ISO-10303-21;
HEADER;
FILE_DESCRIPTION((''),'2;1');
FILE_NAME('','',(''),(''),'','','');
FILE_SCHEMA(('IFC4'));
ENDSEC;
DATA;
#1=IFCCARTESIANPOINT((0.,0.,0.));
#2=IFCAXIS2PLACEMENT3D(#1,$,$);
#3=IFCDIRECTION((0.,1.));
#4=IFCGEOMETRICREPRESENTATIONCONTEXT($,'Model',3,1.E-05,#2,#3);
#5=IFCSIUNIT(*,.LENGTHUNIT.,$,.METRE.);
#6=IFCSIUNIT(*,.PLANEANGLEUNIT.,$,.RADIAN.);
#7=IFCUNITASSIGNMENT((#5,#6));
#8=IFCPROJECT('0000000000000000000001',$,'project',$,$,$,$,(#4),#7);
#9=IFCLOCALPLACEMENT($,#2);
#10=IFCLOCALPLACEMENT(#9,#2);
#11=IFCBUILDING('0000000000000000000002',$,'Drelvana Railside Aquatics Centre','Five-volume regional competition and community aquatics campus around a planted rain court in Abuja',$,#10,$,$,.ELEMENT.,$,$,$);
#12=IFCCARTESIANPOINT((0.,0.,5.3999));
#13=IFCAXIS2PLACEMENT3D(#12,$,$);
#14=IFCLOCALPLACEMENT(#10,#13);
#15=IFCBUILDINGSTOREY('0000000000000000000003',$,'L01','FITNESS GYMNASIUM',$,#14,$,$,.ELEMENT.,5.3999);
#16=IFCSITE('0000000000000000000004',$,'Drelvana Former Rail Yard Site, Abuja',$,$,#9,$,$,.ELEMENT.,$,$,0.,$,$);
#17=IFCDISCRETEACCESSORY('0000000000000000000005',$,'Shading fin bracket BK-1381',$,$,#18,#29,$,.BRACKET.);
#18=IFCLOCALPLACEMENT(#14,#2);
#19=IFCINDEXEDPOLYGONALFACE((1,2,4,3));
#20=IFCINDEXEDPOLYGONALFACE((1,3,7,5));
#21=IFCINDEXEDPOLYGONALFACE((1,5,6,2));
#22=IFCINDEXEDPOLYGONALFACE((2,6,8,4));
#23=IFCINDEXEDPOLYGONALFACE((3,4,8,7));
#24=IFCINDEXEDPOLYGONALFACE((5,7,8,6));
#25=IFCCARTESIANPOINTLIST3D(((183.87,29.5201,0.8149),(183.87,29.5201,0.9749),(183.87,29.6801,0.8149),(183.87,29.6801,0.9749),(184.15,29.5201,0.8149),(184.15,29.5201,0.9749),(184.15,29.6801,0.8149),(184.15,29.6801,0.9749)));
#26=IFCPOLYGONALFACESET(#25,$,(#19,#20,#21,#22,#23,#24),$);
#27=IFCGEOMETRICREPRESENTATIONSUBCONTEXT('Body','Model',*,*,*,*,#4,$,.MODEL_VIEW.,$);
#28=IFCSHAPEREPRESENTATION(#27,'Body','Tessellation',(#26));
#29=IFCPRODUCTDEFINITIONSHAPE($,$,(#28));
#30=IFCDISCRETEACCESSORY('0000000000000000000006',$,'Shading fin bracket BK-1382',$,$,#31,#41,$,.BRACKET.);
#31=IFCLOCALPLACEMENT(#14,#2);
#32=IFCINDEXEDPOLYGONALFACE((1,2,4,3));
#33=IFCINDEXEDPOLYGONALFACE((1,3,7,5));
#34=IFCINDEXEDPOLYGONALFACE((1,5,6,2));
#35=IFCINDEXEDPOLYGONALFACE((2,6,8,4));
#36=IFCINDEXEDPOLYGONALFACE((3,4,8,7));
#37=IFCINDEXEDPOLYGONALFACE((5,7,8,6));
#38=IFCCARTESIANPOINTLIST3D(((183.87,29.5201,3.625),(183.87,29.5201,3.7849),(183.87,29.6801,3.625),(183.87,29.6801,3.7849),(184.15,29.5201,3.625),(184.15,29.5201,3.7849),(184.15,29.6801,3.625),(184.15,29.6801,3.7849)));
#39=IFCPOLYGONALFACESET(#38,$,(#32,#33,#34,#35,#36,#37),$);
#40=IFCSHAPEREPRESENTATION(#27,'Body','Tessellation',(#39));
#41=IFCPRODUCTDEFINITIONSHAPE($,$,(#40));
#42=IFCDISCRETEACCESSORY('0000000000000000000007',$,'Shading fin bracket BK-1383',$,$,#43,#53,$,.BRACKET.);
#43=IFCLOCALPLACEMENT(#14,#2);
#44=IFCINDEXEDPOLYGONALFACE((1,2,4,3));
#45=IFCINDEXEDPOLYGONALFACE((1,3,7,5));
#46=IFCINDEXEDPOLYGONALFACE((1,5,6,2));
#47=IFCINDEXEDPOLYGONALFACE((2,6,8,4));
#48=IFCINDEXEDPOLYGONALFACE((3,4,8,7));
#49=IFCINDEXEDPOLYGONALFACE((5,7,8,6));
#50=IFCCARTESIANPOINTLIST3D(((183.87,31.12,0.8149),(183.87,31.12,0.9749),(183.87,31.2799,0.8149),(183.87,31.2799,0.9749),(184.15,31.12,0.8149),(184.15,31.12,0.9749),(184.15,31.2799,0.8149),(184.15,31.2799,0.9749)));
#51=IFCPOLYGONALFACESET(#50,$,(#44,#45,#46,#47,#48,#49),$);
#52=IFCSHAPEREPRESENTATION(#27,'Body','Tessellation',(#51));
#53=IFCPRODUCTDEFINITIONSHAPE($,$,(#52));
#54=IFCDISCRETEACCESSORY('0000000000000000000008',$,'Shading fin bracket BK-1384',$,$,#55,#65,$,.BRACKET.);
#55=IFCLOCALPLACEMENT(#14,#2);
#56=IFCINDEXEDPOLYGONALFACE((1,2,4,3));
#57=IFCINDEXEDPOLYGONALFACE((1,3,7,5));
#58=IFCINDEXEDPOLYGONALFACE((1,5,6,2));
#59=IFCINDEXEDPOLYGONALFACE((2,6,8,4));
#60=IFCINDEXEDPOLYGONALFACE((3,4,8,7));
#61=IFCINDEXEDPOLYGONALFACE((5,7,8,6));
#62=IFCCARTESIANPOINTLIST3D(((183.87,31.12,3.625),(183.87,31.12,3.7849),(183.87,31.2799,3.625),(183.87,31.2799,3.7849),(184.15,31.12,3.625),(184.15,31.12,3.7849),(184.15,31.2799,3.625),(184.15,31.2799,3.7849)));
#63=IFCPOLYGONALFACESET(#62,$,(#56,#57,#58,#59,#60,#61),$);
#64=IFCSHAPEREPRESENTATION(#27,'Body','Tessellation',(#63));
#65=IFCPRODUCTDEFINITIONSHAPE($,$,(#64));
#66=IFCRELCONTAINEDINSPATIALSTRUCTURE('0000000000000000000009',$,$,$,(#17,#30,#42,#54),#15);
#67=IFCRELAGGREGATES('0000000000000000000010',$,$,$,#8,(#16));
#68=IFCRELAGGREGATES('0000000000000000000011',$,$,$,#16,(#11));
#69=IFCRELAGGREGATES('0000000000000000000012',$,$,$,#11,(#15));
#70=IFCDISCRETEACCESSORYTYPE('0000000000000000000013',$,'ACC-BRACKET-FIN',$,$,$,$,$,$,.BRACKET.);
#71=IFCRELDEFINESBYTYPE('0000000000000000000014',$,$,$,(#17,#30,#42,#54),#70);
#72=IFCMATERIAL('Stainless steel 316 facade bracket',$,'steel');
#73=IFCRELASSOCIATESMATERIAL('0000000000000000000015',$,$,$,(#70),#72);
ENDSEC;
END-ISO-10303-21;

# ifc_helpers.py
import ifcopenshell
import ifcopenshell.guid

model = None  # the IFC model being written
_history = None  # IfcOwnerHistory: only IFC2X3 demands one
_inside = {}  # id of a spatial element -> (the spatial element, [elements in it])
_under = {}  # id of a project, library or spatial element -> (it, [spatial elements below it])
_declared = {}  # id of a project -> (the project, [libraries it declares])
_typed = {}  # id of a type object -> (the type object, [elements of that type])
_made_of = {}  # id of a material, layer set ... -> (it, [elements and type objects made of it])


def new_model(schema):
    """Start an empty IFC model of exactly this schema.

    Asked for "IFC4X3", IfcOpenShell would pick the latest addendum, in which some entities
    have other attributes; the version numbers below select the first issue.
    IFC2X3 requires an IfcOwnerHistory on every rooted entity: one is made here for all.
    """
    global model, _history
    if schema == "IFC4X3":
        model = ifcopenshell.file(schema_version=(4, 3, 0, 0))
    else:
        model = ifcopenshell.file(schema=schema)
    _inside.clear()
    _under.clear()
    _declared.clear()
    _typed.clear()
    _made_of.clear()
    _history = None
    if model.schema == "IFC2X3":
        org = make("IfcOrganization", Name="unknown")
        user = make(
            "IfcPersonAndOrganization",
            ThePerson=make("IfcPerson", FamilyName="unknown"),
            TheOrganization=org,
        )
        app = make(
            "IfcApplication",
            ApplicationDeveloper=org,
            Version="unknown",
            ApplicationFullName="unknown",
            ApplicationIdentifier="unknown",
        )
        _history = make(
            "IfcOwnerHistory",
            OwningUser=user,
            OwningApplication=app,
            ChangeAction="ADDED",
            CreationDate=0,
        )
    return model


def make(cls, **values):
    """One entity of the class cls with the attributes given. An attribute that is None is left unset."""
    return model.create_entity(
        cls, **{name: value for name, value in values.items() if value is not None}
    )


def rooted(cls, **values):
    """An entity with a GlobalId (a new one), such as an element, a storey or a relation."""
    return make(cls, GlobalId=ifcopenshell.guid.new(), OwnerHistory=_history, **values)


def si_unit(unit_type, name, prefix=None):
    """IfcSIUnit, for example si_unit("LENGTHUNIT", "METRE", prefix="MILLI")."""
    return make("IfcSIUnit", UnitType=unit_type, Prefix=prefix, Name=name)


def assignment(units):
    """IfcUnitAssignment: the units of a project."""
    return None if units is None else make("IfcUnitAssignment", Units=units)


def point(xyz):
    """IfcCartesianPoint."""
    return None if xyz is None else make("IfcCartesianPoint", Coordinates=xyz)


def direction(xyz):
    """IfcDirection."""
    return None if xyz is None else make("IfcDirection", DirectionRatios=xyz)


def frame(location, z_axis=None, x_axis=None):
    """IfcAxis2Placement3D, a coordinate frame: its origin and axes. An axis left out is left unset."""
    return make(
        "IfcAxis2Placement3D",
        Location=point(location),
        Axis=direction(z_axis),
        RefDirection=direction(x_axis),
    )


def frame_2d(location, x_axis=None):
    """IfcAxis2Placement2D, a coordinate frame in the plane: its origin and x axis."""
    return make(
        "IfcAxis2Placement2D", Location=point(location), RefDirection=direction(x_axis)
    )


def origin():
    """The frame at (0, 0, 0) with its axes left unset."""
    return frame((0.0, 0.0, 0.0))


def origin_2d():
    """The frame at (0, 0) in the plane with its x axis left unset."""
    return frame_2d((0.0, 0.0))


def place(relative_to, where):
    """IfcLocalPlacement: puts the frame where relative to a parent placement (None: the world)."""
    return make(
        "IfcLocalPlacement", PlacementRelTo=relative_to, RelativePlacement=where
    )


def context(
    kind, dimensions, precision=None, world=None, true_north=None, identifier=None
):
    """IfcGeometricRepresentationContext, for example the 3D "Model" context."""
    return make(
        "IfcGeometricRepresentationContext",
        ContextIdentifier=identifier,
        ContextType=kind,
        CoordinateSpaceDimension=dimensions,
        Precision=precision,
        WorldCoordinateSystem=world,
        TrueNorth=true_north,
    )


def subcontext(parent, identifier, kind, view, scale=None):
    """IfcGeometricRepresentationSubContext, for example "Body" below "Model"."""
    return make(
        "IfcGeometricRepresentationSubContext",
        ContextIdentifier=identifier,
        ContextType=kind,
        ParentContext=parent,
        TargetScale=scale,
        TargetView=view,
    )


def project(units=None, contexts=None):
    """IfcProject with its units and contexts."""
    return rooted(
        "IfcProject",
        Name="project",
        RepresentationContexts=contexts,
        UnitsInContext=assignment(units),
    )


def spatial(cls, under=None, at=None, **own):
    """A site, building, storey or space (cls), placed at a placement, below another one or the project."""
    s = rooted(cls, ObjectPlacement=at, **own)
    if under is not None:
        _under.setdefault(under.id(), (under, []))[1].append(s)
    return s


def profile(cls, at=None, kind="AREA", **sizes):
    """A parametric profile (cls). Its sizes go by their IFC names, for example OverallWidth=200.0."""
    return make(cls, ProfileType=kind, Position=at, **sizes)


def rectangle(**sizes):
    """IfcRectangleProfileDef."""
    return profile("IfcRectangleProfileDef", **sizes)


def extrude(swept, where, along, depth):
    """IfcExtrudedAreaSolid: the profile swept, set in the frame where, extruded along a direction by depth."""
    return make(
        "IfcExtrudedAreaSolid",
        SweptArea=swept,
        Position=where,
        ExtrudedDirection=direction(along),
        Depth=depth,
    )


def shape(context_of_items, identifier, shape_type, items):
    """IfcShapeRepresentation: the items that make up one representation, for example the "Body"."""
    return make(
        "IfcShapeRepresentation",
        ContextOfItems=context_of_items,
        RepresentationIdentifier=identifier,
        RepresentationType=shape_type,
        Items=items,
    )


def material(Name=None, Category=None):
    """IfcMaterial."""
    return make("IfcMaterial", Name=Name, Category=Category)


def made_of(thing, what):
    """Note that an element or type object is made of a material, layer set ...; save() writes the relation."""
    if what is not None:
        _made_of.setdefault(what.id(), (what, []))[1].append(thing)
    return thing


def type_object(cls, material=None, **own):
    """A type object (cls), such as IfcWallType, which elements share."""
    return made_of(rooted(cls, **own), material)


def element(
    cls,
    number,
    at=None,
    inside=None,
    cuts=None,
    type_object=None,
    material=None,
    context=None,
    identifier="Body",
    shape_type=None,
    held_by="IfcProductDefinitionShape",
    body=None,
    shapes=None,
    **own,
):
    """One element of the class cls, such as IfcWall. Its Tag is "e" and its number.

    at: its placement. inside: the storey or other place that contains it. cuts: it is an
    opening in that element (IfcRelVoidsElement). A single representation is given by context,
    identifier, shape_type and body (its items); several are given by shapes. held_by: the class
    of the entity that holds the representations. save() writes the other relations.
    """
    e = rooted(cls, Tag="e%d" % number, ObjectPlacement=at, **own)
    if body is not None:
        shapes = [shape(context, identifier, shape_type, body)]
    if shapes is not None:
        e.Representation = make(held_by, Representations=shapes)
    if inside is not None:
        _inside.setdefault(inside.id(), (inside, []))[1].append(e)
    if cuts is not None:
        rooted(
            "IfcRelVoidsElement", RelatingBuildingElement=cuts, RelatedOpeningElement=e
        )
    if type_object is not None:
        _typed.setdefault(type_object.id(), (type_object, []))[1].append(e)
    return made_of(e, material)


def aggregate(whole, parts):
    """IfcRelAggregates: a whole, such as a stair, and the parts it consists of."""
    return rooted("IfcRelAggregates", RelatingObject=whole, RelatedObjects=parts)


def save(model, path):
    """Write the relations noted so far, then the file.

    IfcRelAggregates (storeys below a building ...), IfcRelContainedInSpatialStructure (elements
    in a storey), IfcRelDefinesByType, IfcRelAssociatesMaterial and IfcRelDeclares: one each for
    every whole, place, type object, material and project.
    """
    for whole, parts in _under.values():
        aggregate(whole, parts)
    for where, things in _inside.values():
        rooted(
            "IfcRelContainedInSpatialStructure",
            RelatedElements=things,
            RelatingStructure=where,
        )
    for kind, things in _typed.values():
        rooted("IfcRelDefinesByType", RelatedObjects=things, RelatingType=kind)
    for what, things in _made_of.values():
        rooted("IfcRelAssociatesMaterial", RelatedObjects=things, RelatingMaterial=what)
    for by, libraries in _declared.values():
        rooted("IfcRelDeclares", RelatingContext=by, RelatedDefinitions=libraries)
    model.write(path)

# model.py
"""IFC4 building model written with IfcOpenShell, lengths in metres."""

from ifc_helpers import new_model, si_unit, direction, frame, origin, origin_2d, place, context, subcontext, project, spatial, rectangle, extrude, material, type_object, element, save


model = new_model("IFC4")

# Units and contexts
model_context = context("Model", 3, precision=1e-05, world=origin(), true_north=direction((0.0, 1.0)))
body_context = subcontext(model_context, "Body", "Model", "MODEL_VIEW")
ifc_project = project(units=[si_unit("LENGTHUNIT", "METRE"), si_unit("PLANEANGLEUNIT", "RADIAN")], contexts=[model_context])

# Site, building, storey
site_placement = place(None, origin())
site = spatial("IfcSite", under=ifc_project, at=site_placement, Name="Drelvana Former Rail Yard Site, Abuja", CompositionType="ELEMENT", RefElevation=0.0)
building_placement = place(site_placement, origin())
building = spatial("IfcBuilding", under=site, at=building_placement, Name="Drelvana Railside Aquatics Centre", Description="Five-volume regional competition and community aquatics campus around a planted rain court in Abuja", CompositionType="ELEMENT")
storey_placement = place(building_placement, frame((0.0, 0.0, 5.3999)))
storey = spatial("IfcBuildingStorey", under=building, at=storey_placement, Name="L01", Description="FITNESS GYMNASIUM", CompositionType="ELEMENT", Elevation=5.3999)

# Discrete accessories
ifc_material_1 = material(Name="Stainless steel 316 facade bracket", Category="steel")
discrete_accessory_type = type_object("IfcDiscreteAccessoryType", Name="ACC-BRACKET-FIN", PredefinedType="BRACKET", material=ifc_material_1)
for number, where, z_axis, x_axis, name in (
    (1, (184.01, 29.6001, 0.8149), (0.0, 0.0, 1.0), (1.0, 0.0, 0.0), "Shading fin bracket BK-1381"),
    (2, (184.01, 29.6001, 3.625), (0.0, 0.0, 1.0), (1.0, 0.0, 0.0), "Shading fin bracket BK-1382"),
    (3, (184.01, 31.2, 0.8149), (0.0, 0.0, 1.0), (1.0, 0.0, 0.0), "Shading fin bracket BK-1383"),
    (4, (184.01, 31.2, 3.625), (0.0, 0.0, 1.0), (1.0, 0.0, 0.0), "Shading fin bracket BK-1384"),
):
    element("IfcDiscreteAccessory", number, at=place(storey_placement, frame(where, z_axis=z_axis, x_axis=x_axis)), inside=storey, type_object=discrete_accessory_type, Name=name, PredefinedType="BRACKET", context=body_context, shape_type="SweptSolid", body=[
        extrude(rectangle(XDim=0.28, YDim=0.1599, at=origin_2d()), origin(), (0.0, 0.0, 1.0), 0.1599),
    ])

save(model, "model.ifc")
